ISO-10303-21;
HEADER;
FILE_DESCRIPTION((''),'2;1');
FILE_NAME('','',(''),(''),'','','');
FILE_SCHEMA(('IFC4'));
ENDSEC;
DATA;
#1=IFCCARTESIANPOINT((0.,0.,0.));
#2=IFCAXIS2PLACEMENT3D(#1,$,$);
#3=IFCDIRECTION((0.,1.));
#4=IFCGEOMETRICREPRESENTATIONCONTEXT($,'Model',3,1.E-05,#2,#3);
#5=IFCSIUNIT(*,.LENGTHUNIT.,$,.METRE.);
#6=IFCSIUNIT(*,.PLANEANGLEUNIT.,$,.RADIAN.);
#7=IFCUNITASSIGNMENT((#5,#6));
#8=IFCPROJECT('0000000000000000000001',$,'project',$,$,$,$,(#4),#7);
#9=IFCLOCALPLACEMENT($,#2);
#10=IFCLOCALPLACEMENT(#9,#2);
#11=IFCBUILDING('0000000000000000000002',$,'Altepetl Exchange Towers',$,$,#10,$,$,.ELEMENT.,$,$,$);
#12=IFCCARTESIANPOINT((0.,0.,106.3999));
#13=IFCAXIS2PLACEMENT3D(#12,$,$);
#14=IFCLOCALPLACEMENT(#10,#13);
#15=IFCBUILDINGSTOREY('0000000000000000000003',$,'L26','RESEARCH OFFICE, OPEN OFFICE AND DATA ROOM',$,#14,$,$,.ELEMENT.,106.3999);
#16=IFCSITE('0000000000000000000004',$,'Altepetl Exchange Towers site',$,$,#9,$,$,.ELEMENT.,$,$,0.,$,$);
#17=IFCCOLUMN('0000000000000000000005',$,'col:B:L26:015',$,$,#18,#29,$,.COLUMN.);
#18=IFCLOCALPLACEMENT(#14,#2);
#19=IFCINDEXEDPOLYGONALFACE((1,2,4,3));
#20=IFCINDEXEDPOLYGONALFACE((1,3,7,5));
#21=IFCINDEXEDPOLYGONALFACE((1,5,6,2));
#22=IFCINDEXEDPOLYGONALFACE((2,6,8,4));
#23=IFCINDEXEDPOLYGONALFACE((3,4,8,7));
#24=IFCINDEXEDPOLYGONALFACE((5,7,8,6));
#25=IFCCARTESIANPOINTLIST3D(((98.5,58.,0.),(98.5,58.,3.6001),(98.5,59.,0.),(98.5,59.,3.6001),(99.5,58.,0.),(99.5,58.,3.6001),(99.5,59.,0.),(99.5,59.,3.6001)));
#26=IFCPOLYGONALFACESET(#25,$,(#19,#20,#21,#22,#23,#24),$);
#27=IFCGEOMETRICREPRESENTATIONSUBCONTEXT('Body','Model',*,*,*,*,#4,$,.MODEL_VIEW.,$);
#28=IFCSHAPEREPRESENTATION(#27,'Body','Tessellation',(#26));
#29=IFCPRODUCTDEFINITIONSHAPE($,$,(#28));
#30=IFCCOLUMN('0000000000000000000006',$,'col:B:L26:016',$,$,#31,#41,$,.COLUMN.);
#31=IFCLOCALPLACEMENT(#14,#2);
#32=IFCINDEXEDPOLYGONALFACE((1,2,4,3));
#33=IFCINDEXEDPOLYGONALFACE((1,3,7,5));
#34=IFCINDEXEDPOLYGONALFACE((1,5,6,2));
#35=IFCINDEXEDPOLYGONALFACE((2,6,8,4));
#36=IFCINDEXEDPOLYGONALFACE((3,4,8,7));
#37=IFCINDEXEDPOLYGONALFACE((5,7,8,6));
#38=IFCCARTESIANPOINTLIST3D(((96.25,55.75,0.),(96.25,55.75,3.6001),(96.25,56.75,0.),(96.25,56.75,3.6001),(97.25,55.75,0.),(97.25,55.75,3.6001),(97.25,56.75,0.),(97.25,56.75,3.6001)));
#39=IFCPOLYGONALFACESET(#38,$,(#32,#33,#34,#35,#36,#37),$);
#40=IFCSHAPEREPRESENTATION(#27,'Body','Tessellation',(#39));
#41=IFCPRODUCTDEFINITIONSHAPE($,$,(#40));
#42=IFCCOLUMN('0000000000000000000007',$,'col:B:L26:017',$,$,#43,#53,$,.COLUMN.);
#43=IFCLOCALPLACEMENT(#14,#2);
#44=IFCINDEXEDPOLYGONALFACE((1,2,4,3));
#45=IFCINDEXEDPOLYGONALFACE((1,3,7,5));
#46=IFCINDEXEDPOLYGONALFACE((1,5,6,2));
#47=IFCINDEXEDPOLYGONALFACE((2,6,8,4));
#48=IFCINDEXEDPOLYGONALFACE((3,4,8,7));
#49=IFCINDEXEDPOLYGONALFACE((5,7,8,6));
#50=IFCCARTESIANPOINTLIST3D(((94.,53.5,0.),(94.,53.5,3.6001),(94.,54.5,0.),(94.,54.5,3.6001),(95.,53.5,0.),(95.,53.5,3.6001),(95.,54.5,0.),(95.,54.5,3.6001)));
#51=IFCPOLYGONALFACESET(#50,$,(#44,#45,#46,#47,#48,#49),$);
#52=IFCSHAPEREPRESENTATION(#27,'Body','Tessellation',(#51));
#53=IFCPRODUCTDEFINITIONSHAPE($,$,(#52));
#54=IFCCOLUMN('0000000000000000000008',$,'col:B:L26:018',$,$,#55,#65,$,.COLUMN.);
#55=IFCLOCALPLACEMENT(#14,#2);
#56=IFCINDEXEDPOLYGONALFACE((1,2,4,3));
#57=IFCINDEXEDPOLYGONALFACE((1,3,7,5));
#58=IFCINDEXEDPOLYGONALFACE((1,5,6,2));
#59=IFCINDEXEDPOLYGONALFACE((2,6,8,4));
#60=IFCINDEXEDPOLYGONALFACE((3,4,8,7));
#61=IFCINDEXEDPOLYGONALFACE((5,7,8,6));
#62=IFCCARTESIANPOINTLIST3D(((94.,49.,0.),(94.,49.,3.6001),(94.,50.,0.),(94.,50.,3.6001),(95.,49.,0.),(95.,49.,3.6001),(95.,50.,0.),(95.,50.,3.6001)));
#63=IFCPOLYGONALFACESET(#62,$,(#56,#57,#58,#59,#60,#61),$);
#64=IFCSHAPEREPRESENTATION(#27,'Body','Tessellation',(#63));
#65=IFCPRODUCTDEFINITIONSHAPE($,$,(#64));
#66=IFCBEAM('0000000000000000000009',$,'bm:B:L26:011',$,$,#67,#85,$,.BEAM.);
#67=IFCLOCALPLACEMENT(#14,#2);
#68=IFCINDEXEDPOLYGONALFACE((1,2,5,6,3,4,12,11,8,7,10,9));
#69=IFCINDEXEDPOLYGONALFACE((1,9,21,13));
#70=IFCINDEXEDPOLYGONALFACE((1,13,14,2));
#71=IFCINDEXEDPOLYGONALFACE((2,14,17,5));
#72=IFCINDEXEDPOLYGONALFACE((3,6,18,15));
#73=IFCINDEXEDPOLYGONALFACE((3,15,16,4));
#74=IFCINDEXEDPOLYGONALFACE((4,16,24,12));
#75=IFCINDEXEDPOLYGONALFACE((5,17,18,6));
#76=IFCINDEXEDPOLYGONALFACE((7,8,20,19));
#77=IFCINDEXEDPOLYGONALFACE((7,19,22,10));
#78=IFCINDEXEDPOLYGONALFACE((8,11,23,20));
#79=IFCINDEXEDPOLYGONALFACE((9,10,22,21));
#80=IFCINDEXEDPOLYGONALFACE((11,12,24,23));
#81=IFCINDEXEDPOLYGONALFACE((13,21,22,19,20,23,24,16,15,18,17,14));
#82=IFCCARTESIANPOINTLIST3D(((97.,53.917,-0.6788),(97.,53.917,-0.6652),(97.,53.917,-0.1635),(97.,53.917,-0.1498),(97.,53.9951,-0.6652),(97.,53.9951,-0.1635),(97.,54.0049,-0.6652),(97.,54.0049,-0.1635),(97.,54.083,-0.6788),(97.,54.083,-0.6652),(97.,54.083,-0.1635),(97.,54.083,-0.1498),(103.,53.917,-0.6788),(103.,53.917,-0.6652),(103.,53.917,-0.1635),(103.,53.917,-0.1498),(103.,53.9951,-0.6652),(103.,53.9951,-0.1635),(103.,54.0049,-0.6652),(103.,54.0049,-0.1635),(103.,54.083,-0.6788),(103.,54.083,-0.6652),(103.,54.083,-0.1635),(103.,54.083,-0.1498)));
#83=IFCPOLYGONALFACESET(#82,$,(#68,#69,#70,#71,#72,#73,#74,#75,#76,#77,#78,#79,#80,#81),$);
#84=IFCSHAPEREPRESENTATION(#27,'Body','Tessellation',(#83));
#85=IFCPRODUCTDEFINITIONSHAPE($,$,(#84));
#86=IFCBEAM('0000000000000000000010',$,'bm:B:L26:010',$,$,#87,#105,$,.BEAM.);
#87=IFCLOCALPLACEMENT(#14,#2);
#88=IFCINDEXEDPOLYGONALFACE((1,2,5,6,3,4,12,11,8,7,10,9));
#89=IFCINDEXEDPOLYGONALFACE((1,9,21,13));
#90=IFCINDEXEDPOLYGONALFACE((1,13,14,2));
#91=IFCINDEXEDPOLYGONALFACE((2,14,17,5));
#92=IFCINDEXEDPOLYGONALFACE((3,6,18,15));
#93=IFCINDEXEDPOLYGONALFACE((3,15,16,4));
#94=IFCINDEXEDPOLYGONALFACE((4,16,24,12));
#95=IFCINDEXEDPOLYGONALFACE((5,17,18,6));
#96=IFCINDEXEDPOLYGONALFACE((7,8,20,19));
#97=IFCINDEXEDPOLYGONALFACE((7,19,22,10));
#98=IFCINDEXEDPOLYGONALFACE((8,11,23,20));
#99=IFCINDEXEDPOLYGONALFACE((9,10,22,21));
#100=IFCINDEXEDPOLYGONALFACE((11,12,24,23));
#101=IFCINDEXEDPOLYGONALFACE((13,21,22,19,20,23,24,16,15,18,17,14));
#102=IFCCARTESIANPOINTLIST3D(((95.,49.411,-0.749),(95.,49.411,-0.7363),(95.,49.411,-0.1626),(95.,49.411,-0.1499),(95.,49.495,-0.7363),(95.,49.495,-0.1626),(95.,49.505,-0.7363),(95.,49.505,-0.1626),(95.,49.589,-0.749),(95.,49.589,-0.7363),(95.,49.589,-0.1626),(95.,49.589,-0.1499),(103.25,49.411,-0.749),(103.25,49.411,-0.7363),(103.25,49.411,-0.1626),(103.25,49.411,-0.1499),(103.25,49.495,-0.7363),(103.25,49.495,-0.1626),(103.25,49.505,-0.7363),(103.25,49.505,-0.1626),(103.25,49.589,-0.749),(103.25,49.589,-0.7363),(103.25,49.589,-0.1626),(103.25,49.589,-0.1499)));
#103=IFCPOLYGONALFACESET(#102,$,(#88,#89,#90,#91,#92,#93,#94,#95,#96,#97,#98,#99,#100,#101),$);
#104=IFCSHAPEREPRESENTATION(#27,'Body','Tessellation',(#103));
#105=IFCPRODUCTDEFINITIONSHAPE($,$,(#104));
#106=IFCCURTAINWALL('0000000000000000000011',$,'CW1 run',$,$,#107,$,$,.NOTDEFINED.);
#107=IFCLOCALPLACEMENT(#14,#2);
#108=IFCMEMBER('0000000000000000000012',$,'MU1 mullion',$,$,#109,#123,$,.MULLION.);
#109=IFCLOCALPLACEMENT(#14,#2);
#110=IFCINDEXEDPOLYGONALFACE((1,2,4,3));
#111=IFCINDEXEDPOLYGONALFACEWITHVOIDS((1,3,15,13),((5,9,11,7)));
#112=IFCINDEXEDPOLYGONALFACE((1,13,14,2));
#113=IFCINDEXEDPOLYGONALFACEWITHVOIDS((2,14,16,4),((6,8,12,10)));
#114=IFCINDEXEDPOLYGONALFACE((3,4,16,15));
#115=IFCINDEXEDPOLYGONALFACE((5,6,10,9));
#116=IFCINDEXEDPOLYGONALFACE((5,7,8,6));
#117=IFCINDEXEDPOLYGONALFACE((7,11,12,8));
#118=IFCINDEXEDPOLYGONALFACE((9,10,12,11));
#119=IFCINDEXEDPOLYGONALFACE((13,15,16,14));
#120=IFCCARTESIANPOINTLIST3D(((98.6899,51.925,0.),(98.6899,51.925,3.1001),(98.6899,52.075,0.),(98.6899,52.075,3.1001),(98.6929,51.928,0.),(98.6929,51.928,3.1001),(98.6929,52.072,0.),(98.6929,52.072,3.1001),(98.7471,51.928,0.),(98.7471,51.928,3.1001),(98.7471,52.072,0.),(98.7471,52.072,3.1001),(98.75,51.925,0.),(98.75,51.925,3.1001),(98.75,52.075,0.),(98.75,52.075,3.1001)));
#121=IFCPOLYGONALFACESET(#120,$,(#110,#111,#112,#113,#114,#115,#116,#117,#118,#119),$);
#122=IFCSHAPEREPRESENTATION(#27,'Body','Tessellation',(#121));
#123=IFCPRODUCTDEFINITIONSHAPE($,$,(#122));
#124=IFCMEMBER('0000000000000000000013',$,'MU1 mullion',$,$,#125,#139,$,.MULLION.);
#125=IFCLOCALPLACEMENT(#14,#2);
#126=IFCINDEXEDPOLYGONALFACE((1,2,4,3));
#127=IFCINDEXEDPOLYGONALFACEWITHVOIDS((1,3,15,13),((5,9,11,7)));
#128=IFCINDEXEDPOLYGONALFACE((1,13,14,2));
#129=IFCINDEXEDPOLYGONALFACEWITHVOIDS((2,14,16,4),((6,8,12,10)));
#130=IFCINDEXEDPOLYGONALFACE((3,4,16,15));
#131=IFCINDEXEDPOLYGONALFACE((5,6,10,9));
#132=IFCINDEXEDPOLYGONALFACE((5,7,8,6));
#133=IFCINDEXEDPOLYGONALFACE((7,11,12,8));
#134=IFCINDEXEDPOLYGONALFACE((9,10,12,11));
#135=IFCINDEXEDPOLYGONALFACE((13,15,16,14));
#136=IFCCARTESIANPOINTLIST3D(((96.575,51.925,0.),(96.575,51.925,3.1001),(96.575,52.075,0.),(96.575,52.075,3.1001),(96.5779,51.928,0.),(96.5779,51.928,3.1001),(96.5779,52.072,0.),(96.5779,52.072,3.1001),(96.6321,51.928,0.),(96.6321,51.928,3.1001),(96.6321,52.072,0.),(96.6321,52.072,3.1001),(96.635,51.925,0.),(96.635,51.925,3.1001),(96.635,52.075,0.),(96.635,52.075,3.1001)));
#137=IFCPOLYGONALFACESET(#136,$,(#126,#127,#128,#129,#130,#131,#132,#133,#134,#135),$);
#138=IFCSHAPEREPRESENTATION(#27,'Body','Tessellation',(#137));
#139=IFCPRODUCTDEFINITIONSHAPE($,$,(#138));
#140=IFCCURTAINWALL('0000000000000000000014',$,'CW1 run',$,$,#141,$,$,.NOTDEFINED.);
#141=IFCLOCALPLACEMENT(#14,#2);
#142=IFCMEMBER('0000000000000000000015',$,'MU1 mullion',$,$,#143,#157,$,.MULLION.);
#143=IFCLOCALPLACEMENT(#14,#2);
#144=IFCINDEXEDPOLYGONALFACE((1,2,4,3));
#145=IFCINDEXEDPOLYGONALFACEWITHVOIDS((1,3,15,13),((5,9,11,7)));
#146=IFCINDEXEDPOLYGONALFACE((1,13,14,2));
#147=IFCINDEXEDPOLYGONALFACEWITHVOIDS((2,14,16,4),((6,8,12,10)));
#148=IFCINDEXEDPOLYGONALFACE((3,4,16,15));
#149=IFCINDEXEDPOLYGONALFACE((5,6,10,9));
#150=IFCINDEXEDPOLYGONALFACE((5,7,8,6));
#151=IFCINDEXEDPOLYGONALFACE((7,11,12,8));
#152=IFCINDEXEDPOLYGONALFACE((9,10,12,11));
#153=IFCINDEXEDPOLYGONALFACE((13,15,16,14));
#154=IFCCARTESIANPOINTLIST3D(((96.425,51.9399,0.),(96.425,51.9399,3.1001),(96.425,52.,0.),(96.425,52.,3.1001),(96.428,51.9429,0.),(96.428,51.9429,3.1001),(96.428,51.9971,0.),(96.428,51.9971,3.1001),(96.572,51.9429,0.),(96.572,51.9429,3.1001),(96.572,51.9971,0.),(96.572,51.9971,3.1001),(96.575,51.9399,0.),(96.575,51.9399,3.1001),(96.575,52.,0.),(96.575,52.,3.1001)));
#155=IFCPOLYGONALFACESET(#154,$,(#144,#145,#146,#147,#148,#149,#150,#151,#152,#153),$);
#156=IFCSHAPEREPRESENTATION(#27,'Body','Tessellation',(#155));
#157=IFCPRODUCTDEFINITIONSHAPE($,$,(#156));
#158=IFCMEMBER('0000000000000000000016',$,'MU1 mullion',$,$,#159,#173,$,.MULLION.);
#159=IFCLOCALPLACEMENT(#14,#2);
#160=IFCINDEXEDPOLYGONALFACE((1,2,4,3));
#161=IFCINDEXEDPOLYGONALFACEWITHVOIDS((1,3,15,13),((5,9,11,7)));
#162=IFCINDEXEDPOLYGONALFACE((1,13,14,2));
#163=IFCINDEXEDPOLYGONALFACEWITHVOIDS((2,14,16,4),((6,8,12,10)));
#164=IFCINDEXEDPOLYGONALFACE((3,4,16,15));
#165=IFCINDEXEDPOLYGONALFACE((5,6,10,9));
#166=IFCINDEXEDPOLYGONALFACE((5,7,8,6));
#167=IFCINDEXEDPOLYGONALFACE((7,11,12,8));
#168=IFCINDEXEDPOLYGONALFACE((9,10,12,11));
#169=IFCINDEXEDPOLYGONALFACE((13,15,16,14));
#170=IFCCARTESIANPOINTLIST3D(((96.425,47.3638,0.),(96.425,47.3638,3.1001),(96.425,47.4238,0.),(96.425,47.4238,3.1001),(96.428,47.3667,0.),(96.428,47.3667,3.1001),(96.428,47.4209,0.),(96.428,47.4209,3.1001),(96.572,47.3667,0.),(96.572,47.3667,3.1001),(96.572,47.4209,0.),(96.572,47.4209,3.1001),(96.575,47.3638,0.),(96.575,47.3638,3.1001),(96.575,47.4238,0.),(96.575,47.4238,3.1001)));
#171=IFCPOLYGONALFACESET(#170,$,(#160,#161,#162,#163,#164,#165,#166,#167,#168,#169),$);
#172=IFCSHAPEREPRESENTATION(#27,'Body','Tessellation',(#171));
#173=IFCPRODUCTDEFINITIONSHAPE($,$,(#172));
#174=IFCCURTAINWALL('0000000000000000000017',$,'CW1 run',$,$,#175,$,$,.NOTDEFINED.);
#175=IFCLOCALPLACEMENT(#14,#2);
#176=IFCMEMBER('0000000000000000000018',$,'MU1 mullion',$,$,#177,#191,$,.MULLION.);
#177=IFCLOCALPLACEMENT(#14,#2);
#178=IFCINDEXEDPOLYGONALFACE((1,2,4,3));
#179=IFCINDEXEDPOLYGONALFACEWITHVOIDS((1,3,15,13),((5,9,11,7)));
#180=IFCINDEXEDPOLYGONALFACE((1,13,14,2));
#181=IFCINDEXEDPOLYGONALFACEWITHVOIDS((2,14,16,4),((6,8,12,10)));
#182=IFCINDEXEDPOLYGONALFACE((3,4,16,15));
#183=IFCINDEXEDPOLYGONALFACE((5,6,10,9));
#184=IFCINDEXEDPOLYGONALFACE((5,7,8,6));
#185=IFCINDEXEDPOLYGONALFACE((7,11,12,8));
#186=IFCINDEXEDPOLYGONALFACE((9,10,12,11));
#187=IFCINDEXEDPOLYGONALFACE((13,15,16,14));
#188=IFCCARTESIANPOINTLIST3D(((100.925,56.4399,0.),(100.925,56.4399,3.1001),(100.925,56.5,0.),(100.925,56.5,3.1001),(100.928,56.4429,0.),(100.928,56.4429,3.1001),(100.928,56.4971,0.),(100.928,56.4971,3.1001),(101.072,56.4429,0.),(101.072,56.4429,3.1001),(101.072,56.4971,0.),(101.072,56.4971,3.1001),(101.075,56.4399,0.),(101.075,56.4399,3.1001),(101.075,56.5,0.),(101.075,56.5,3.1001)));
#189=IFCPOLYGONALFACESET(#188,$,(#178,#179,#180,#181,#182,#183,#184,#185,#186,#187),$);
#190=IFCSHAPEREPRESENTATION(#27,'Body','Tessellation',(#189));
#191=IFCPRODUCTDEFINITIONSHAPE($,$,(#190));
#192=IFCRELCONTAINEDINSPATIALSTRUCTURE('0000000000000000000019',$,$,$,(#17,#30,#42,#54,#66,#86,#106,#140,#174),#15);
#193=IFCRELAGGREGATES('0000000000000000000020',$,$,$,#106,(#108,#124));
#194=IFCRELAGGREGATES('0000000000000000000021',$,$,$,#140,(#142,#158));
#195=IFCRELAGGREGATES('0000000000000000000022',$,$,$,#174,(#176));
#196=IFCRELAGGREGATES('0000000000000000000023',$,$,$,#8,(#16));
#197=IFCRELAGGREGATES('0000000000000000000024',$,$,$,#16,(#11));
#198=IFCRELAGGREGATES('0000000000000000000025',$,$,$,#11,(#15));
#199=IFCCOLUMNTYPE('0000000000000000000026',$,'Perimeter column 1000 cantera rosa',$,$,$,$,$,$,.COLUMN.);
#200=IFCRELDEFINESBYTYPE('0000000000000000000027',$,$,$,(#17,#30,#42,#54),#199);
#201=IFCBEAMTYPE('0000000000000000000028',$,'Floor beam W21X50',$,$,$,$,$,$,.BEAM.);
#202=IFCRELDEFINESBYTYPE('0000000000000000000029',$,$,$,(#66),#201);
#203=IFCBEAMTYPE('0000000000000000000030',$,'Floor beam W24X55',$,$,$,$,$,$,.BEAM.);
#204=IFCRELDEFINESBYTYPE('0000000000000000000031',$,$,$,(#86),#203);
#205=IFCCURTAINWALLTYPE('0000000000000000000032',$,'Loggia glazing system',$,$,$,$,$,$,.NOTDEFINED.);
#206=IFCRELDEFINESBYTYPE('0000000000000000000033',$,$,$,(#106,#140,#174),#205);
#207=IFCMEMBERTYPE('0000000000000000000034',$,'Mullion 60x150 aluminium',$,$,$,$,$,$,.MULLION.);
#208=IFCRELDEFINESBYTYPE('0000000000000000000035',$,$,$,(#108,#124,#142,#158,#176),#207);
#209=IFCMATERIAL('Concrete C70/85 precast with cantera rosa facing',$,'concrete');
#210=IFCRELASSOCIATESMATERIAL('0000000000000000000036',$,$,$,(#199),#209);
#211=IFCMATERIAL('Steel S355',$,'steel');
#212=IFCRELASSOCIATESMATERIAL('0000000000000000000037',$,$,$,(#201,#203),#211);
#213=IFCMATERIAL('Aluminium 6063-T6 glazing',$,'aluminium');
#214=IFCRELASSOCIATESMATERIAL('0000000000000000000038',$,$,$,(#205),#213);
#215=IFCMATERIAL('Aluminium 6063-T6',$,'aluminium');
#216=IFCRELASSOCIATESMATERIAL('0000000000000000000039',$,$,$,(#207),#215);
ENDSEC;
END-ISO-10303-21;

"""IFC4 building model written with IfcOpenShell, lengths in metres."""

from ifc_helpers import new_model, si_unit, direction, frame, origin, origin_2d, place, context, subcontext, project, spatial, rectangle, hollow_rectangle, i_section, extrude, material, material_profile, profile_set, type_object, element, aggregate, save


model = new_model("IFC4")

# Units and contexts
model_context = context("Model", 3, precision=1e-05, world=origin(), true_north=direction((0.0, 1.0)))
body_context = subcontext(model_context, "Body", "Model", "MODEL_VIEW")
ifc_project = project(units=[si_unit("LENGTHUNIT", "METRE"), si_unit("PLANEANGLEUNIT", "RADIAN")], contexts=[model_context])

# Site, building, storey
site_placement = place(None, origin())
site = spatial("IfcSite", under=ifc_project, at=site_placement, Name="Altepetl Exchange Towers site", CompositionType="ELEMENT", RefElevation=0.0)
building_placement = place(site_placement, origin())
building = spatial("IfcBuilding", under=site, at=building_placement, Name="Altepetl Exchange Towers", CompositionType="ELEMENT")
storey_placement = place(building_placement, frame((0.0, 0.0, 106.3999)))
storey = spatial("IfcBuildingStorey", under=building, at=storey_placement, Name="L26", Description="RESEARCH OFFICE, OPEN OFFICE AND DATA ROOM", CompositionType="ELEMENT", Elevation=106.3999)

# Columns
ifc_material_1 = material(Name="Concrete C70/85 precast with cantera rosa facing", Category="concrete")
ifc_material_profile_1 = material_profile(ifc_material_1, rectangle(XDim=1.0, YDim=1.0, at=origin_2d()), Name="1000 x 1000")
ifc_profile_set_1 = profile_set([ifc_material_profile_1], Name="Concrete C70/85 precast with cantera rosa facing")
column_type = type_object("IfcColumnType", Name="Perimeter column 1000 cantera rosa", PredefinedType="COLUMN", material=ifc_profile_set_1)
for number, where, name in (
    (1, (99.0, 58.5, 0.0), "col:B:L26:015"),
    (2, (96.75, 56.25, 0.0), "col:B:L26:016"),
    (3, (94.5, 54.0, 0.0), "col:B:L26:017"),
    (4, (94.5, 49.5, 0.0), "col:B:L26:018"),
):
    element("IfcColumn", number, at=place(storey_placement, frame(where)), inside=storey, type_object=column_type, Name=name, PredefinedType="COLUMN", context=body_context, shape_type="SweptSolid", body=[
        extrude(rectangle(XDim=1.0, YDim=1.0, at=origin_2d()), origin(), (0.0, 0.0, 1.0), 3.6001),
    ])

# Beams
ifc_material_2 = material(Name="Steel S355", Category="steel")
ifc_material_profile_2 = material_profile(ifc_material_2, i_section(OverallWidth=0.166, OverallDepth=0.5291, WebThickness=0.0098, FlangeThickness=0.0137, at=origin_2d()), Name="W21X50")
ifc_profile_set_2 = profile_set([ifc_material_profile_2], Name="Steel S355")
beam_type_1 = type_object("IfcBeamType", Name="Floor beam W21X50", PredefinedType="BEAM", material=ifc_profile_set_2)
beam_1_placement = place(storey_placement, frame((97.0, 54.0, -0.4143), z_axis=(1.0, 0.0, 0.0), x_axis=(0.0, 1.0, 0.0)))
element("IfcBeam", 5, at=beam_1_placement, inside=storey, type_object=beam_type_1, Name="bm:B:L26:011", PredefinedType="BEAM", context=body_context, shape_type="SweptSolid", body=[
    extrude(i_section(OverallWidth=0.166, OverallDepth=0.5291, WebThickness=0.0098, FlangeThickness=0.0137, at=origin_2d()), origin(), (0.0, 0.0, 1.0), 6.0),
])
ifc_material_profile_3 = material_profile(ifc_material_2, i_section(OverallWidth=0.178, OverallDepth=0.5991, WebThickness=0.01, FlangeThickness=0.0127, at=origin_2d()), Name="W24X55")
ifc_profile_set_3 = profile_set([ifc_material_profile_3], Name="Steel S355")
beam_type_2 = type_object("IfcBeamType", Name="Floor beam W24X55", PredefinedType="BEAM", material=ifc_profile_set_3)
beam_2_placement = place(storey_placement, frame((95.0, 49.5, -0.4495), z_axis=(1.0, 0.0, 0.0), x_axis=(0.0, 1.0, 0.0)))
element("IfcBeam", 6, at=beam_2_placement, inside=storey, type_object=beam_type_2, Name="bm:B:L26:010", PredefinedType="BEAM", context=body_context, shape_type="SweptSolid", body=[
    extrude(i_section(OverallWidth=0.178, OverallDepth=0.5991, WebThickness=0.01, FlangeThickness=0.0127, at=origin_2d()), origin(), (0.0, 0.0, 1.0), 8.25),
])

# Curtain walls, members
ifc_material_3 = material(Name="Aluminium 6063-T6 glazing", Category="aluminium")
curtain_wall_type = type_object("IfcCurtainWallType", Name="Loggia glazing system", PredefinedType="NOTDEFINED", material=ifc_material_3)
curtain_wall_1_placement = place(storey_placement, origin())
curtain_wall_1 = element("IfcCurtainWall", 7, at=curtain_wall_1_placement, inside=storey, type_object=curtain_wall_type, Name="CW1 run", PredefinedType="NOTDEFINED")
ifc_material_4 = material(Name="Aluminium 6063-T6", Category="aluminium")
ifc_material_profile_4 = material_profile(ifc_material_4, hollow_rectangle(XDim=0.0601, YDim=0.1499, WallThickness=0.0029, at=origin_2d()), Name="Mullion 60x150 aluminium")
ifc_profile_set_4 = profile_set([ifc_material_profile_4], Name="Aluminium 6063-T6")
member_type = type_object("IfcMemberType", Name="Mullion 60x150 aluminium", PredefinedType="MULLION", material=ifc_profile_set_4)
member_1_placement = place(storey_placement, frame((98.72, 52.0, 0.0), z_axis=(0.0, 0.0, 1.0), x_axis=(-1.0, 0.0, 0.0)))
member_1 = element("IfcMember", 8, at=member_1_placement, type_object=member_type, Name="MU1 mullion", PredefinedType="MULLION", context=body_context, shape_type="SweptSolid", body=[
    extrude(hollow_rectangle(XDim=0.0601, YDim=0.1499, WallThickness=0.0029, at=origin_2d()), origin(), (0.0, 0.0, 1.0), 3.1001),
])
member_2_placement = place(storey_placement, frame((96.605, 52.0, 0.0), z_axis=(0.0, 0.0, 1.0), x_axis=(-1.0, 0.0, 0.0)))
member_2 = element("IfcMember", 9, at=member_2_placement, type_object=member_type, Name="MU1 mullion", PredefinedType="MULLION", context=body_context, shape_type="SweptSolid", body=[
    extrude(hollow_rectangle(XDim=0.0601, YDim=0.1499, WallThickness=0.0029, at=origin_2d()), origin(), (0.0, 0.0, 1.0), 3.1001),
])
curtain_wall_2_placement = place(storey_placement, origin())
curtain_wall_2 = element("IfcCurtainWall", 10, at=curtain_wall_2_placement, inside=storey, type_object=curtain_wall_type, Name="CW1 run", PredefinedType="NOTDEFINED")
member_3_placement = place(storey_placement, frame((96.5, 51.97, 0.0), z_axis=(0.0, 0.0, 1.0), x_axis=(0.0, -1.0, 0.0)))
member_3 = element("IfcMember", 11, at=member_3_placement, type_object=member_type, Name="MU1 mullion", PredefinedType="MULLION", context=body_context, shape_type="SweptSolid", body=[
    extrude(hollow_rectangle(XDim=0.0601, YDim=0.1499, WallThickness=0.0029, at=origin_2d()), origin(), (0.0, 0.0, 1.0), 3.1001),
])
member_4_placement = place(storey_placement, frame((96.5, 47.3938, 0.0), z_axis=(0.0, 0.0, 1.0), x_axis=(0.0, -1.0, 0.0)))
member_4 = element("IfcMember", 12, at=member_4_placement, type_object=member_type, Name="MU1 mullion", PredefinedType="MULLION", context=body_context, shape_type="SweptSolid", body=[
    extrude(hollow_rectangle(XDim=0.0601, YDim=0.1499, WallThickness=0.0029, at=origin_2d()), origin(), (0.0, 0.0, 1.0), 3.1001),
])
curtain_wall_3_placement = place(storey_placement, origin())
curtain_wall_3 = element("IfcCurtainWall", 13, at=curtain_wall_3_placement, inside=storey, type_object=curtain_wall_type, Name="CW1 run", PredefinedType="NOTDEFINED")
member_5_placement = place(storey_placement, frame((101.0, 56.47, 0.0), z_axis=(0.0, 0.0, 1.0), x_axis=(0.0, -1.0, 0.0)))
member_5 = element("IfcMember", 14, at=member_5_placement, type_object=member_type, Name="MU1 mullion", PredefinedType="MULLION", context=body_context, shape_type="SweptSolid", body=[
    extrude(hollow_rectangle(XDim=0.0601, YDim=0.1499, WallThickness=0.0029, at=origin_2d()), origin(), (0.0, 0.0, 1.0), 3.1001),
])

aggregate(curtain_wall_1, [member_1, member_2])
aggregate(curtain_wall_2, [member_3, member_4])
aggregate(curtain_wall_3, [member_5])

save(model, "model.ifc")
